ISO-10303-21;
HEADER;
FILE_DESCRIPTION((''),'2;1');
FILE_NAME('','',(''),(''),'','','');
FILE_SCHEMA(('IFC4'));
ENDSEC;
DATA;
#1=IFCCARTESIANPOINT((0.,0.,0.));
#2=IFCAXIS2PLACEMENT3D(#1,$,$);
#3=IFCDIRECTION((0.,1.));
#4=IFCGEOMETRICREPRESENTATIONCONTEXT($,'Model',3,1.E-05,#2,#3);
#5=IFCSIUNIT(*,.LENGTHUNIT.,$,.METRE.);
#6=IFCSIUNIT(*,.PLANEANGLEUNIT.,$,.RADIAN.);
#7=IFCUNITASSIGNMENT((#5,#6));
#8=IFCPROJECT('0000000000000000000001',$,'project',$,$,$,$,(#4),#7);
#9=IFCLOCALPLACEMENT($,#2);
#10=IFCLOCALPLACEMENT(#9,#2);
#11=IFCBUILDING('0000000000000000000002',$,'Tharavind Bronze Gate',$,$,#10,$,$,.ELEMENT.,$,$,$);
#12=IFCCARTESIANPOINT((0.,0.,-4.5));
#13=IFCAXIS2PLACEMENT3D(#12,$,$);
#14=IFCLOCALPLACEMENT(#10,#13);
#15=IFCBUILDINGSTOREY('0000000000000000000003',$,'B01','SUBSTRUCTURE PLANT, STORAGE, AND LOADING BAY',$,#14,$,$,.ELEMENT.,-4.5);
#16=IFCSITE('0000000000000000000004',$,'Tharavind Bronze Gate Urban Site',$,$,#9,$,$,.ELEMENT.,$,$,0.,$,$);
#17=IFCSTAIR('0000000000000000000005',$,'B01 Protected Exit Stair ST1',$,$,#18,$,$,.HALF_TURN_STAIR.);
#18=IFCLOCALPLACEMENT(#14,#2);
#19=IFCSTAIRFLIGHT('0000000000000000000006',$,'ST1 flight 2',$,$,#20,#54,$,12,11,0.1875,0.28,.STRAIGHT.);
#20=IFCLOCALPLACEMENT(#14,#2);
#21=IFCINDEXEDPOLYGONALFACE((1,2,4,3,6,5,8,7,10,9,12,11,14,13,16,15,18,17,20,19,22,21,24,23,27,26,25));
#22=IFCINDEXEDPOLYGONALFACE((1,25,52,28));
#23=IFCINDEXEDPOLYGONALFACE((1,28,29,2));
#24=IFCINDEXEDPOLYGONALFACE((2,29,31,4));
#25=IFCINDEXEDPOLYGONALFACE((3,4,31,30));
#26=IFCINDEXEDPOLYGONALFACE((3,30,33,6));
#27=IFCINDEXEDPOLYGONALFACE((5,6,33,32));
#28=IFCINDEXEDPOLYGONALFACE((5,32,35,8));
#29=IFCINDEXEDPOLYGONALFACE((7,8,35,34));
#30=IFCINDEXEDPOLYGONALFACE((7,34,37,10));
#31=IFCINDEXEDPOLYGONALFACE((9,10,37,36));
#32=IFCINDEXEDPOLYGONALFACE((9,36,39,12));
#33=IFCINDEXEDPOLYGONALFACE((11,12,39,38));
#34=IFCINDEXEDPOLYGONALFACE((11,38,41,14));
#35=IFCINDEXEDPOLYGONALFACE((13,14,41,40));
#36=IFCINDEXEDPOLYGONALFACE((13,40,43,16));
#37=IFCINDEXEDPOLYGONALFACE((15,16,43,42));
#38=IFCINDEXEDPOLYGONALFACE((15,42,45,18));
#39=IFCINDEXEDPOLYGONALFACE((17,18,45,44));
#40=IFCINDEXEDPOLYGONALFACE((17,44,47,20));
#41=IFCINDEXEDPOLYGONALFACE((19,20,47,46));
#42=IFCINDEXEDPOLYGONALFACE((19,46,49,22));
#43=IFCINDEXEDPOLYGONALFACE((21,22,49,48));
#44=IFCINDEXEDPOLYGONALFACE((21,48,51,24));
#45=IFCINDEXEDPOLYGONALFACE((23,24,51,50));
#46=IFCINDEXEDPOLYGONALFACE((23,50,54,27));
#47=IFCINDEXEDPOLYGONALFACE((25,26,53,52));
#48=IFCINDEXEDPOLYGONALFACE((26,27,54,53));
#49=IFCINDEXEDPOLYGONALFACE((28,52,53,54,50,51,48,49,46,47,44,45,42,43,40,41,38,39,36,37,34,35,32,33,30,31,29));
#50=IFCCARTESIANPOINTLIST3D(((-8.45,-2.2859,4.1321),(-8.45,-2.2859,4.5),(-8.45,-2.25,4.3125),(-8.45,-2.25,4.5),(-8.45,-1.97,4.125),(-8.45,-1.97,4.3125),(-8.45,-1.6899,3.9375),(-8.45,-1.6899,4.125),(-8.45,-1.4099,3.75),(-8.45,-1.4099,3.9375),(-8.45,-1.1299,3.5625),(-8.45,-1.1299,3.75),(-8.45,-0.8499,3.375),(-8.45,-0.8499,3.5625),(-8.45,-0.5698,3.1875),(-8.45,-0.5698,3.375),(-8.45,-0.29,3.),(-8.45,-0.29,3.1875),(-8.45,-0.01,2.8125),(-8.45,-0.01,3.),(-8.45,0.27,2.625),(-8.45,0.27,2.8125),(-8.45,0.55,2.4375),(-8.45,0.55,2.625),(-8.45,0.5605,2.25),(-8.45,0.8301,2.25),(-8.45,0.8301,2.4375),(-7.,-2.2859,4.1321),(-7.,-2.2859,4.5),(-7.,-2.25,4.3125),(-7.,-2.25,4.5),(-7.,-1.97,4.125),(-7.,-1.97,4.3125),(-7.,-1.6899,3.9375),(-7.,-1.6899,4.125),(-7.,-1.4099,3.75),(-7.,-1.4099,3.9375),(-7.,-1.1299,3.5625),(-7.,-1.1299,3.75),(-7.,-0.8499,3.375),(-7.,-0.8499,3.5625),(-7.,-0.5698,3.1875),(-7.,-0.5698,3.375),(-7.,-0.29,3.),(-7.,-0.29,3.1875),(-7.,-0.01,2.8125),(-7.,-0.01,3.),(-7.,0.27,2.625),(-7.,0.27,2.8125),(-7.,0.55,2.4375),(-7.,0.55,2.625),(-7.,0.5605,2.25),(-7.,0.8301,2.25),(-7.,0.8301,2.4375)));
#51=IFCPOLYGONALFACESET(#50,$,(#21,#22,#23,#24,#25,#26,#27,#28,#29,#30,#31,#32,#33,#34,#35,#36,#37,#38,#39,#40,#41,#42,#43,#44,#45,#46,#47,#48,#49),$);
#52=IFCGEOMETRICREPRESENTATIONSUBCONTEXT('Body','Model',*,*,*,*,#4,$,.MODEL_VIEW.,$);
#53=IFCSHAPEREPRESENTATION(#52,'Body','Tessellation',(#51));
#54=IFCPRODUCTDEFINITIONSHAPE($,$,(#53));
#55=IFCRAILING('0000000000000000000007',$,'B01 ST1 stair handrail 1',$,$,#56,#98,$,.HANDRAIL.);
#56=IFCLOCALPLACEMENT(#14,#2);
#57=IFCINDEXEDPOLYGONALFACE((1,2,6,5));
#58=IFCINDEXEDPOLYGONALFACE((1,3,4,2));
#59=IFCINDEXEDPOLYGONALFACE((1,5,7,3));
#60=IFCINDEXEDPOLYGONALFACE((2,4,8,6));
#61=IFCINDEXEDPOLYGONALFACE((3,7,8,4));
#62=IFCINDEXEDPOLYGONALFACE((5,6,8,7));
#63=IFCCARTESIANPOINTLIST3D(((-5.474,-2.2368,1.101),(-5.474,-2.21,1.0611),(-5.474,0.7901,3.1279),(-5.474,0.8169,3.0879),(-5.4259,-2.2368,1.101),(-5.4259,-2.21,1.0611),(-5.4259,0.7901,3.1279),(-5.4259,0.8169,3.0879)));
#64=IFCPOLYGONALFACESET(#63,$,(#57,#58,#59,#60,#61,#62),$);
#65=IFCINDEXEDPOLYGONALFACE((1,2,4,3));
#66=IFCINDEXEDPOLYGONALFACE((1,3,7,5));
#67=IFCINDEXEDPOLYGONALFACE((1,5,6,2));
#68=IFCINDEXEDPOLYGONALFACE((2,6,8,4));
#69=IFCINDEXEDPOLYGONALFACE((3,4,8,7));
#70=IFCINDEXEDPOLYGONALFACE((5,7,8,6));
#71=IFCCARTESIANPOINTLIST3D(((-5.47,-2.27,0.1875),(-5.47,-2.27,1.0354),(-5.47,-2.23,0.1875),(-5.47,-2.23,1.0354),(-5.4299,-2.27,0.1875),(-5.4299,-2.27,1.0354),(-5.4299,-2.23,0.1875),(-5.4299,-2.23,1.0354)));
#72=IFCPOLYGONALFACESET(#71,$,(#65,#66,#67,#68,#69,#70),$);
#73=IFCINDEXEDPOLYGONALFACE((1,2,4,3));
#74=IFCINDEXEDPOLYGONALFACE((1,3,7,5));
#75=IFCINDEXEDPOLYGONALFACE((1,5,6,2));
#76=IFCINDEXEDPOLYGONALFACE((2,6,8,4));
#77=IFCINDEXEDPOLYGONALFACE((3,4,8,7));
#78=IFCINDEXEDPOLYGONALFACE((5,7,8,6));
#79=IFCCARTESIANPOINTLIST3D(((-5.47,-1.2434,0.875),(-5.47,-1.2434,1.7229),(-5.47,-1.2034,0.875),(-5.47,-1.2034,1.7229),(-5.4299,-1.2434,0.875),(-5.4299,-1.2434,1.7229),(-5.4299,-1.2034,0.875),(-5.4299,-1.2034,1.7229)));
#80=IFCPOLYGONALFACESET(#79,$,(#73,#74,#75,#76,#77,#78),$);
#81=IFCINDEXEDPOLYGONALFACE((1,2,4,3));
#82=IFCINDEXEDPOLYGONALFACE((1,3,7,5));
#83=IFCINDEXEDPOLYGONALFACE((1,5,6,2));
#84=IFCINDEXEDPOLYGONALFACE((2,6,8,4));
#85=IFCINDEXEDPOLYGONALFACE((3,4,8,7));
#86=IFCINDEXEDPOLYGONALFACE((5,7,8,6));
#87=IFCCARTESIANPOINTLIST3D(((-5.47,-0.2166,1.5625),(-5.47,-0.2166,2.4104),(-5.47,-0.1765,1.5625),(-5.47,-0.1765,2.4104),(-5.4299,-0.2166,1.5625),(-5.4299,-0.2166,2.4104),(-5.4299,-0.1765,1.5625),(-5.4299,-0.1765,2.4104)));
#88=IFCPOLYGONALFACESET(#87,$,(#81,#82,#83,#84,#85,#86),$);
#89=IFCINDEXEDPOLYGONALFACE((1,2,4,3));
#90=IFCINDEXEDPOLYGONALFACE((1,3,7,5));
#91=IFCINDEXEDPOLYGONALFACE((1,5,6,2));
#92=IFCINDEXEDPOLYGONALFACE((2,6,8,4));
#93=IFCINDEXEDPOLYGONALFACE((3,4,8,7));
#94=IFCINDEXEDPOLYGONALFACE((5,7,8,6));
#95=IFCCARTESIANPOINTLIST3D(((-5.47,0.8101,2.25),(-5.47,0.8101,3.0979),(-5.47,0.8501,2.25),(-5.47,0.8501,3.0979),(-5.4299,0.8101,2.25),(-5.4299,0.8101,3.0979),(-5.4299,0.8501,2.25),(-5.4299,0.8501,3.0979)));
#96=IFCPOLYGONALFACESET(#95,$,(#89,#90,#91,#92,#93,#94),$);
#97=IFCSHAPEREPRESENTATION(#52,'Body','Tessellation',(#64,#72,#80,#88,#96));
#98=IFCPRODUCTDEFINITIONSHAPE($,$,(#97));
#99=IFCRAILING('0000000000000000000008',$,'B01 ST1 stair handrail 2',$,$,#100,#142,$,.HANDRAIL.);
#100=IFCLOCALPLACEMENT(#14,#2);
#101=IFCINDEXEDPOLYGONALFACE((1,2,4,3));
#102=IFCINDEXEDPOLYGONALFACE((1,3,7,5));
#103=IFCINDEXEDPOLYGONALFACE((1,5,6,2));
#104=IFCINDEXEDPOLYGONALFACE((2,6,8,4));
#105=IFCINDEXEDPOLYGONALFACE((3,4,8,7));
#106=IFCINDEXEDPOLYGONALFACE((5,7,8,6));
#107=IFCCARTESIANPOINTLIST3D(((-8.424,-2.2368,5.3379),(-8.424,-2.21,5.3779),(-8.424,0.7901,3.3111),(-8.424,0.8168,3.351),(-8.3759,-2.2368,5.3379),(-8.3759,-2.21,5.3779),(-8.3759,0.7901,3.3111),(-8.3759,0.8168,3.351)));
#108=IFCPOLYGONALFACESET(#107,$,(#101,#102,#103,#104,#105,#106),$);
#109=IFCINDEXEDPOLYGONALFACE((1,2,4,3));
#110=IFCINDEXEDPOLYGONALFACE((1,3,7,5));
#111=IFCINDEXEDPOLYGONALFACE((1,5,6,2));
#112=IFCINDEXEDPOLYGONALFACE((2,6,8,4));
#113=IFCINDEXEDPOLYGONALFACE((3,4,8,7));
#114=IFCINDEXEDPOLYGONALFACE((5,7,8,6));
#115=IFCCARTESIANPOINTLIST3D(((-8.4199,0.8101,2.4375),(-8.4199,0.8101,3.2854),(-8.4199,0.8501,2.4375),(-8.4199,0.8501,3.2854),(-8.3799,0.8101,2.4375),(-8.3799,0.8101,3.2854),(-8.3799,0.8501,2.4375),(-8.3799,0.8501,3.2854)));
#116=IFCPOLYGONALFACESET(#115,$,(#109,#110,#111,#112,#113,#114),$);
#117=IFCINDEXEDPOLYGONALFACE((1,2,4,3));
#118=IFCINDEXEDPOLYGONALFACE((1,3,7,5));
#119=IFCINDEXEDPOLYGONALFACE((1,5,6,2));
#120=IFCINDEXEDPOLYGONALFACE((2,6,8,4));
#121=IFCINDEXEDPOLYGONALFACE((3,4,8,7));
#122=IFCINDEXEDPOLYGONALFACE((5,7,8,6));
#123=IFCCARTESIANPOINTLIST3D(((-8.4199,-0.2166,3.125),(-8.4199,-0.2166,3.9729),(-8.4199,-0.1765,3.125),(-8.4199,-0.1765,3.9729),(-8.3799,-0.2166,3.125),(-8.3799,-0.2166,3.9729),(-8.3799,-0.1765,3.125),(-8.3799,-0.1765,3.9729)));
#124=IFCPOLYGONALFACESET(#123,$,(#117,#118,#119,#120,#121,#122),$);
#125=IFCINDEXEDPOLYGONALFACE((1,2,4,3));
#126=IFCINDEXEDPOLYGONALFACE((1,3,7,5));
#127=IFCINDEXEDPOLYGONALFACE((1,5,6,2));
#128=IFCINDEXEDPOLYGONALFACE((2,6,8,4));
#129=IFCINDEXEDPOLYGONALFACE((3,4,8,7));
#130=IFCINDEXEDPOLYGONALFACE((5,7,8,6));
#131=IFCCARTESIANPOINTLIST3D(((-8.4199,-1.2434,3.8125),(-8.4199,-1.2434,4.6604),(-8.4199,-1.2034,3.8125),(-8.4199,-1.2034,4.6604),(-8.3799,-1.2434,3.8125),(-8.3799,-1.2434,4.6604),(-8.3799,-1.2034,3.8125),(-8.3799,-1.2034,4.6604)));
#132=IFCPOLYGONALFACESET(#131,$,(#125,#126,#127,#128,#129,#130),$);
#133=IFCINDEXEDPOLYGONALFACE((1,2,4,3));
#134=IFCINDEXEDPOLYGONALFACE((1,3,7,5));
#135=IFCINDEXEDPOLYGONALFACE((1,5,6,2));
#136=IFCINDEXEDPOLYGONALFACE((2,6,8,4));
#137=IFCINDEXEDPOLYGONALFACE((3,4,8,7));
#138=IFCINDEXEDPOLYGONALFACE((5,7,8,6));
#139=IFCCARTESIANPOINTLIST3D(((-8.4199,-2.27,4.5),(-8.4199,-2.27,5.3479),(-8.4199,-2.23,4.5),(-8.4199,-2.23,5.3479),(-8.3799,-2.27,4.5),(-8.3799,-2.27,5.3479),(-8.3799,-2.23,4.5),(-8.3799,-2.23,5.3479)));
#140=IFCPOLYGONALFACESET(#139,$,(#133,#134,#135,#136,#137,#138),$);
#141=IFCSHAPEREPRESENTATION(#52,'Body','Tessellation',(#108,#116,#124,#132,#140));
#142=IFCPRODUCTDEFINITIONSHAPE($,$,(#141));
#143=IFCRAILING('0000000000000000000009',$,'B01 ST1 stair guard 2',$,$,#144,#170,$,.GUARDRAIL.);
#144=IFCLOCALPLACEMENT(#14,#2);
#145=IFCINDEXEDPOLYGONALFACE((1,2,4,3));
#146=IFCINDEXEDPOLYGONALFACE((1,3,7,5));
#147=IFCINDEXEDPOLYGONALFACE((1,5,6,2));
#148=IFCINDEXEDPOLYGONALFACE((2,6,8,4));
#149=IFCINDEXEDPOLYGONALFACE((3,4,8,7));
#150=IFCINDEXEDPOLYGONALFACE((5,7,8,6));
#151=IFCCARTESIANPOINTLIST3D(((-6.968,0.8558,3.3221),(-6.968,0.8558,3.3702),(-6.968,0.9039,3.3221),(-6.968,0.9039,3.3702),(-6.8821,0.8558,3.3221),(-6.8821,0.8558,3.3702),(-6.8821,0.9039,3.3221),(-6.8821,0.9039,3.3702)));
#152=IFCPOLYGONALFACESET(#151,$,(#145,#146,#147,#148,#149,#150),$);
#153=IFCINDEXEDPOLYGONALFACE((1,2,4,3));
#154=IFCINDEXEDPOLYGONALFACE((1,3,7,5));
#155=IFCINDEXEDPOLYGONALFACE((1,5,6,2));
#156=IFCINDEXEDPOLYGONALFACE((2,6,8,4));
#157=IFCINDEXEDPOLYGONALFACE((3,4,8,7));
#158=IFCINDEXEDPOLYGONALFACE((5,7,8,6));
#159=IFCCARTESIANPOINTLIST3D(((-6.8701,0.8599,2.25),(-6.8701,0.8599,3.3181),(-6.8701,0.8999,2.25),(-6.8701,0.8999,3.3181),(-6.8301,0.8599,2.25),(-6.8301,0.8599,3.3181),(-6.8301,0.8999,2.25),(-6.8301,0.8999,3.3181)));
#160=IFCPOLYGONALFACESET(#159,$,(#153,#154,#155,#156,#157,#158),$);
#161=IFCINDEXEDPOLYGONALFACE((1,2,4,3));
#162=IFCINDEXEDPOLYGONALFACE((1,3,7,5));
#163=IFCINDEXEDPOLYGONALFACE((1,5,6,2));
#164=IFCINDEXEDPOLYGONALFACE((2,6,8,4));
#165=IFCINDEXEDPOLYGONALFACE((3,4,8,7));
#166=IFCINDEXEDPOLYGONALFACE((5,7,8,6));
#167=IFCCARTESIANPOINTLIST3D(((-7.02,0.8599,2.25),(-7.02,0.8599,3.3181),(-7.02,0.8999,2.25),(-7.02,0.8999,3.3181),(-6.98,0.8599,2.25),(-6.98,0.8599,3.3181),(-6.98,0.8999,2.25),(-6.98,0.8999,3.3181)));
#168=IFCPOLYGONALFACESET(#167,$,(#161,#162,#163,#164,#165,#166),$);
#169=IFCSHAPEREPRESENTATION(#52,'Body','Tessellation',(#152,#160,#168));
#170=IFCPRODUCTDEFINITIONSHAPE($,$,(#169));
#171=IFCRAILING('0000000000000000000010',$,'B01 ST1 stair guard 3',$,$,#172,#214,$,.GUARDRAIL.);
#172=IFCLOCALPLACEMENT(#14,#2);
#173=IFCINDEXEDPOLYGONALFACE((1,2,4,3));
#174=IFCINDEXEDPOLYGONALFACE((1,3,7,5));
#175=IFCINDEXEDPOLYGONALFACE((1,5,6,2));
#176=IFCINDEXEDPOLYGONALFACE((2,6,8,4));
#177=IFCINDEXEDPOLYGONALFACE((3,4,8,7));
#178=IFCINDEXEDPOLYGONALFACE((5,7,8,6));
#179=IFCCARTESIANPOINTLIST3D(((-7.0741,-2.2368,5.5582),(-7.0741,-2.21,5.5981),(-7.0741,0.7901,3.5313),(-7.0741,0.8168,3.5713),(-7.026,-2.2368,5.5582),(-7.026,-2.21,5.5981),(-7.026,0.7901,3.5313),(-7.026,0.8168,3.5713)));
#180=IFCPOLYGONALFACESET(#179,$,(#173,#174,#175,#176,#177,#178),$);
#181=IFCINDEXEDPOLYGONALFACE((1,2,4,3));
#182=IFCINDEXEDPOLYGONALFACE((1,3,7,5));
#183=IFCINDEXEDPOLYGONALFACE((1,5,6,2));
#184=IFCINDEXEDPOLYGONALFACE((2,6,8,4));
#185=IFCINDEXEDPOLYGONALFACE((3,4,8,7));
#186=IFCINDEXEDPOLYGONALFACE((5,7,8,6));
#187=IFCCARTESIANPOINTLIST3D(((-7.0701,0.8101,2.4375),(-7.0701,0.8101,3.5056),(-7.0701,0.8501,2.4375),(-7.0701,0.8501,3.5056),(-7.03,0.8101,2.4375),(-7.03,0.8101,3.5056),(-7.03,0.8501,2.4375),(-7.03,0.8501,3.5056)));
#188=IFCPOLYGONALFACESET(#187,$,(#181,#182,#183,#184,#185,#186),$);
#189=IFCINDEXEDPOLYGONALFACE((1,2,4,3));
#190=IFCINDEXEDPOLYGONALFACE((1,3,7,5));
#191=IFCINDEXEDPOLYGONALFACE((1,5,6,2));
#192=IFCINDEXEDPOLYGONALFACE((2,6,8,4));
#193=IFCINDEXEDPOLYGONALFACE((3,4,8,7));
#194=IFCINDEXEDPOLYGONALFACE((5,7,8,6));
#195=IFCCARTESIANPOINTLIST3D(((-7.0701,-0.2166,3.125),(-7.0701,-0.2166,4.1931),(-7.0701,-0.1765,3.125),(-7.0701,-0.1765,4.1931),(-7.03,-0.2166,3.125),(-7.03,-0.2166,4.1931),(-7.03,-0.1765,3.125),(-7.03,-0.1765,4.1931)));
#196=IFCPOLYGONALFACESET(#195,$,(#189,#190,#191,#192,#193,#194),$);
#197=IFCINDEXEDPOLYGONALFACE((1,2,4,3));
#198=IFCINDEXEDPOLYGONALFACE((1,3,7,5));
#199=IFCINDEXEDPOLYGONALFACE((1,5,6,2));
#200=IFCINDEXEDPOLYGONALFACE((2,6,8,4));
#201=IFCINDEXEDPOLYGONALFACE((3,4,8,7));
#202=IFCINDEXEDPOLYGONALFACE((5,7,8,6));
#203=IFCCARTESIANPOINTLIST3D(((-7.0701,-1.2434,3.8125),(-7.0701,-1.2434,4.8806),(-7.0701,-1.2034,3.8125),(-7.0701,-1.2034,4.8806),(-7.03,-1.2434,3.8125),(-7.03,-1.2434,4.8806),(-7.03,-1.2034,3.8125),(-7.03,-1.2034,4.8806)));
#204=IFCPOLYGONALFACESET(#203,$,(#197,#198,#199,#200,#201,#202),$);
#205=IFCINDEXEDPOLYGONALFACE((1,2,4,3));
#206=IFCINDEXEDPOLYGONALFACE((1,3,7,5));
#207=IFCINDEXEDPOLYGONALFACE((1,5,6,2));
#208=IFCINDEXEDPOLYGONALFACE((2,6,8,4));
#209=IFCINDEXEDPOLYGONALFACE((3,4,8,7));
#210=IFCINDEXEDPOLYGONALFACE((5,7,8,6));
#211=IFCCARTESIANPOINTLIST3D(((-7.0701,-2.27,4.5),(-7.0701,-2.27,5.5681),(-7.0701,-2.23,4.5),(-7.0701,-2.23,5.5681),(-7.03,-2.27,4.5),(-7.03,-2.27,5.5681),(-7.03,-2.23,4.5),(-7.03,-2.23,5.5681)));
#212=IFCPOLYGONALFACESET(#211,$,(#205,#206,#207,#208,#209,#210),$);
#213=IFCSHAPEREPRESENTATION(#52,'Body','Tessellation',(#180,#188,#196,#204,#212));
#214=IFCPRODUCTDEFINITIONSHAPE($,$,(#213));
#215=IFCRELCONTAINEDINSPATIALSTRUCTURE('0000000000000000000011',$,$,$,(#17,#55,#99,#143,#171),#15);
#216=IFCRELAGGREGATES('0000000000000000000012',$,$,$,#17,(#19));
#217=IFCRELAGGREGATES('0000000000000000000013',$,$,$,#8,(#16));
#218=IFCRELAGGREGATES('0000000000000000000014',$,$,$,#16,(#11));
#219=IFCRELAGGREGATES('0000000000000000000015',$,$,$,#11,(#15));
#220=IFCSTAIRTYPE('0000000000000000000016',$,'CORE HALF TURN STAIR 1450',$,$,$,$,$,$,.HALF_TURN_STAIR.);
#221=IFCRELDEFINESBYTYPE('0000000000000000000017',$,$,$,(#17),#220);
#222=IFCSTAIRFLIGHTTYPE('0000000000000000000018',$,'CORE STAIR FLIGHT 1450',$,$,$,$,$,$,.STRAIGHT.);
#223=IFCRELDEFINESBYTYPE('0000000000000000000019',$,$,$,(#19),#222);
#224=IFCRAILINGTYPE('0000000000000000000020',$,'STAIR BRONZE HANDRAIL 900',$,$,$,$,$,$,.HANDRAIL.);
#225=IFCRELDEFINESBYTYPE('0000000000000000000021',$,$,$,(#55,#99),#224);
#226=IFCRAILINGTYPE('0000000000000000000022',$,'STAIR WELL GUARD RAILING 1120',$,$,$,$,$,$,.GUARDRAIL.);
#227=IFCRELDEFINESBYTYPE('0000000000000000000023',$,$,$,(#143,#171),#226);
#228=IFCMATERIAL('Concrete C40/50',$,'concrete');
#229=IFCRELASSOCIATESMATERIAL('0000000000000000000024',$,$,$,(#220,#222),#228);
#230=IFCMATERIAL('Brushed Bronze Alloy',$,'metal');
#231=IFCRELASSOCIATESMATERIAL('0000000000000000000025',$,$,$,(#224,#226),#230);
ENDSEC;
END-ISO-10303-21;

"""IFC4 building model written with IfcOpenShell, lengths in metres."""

from ifc_helpers import new_model, si_unit, direction, frame, origin, origin_2d, place, context, subcontext, project, spatial, polyline, rectangle, outline, extrude, material, type_object, element, aggregate, save


model = new_model("IFC4")

# Units and contexts
model_context = context("Model", 3, precision=1e-05, world=origin(), true_north=direction((0.0, 1.0)))
body_context = subcontext(model_context, "Body", "Model", "MODEL_VIEW")
ifc_project = project(units=[si_unit("LENGTHUNIT", "METRE"), si_unit("PLANEANGLEUNIT", "RADIAN")], contexts=[model_context])

# Site, building, storey
site_placement = place(None, origin())
site = spatial("IfcSite", under=ifc_project, at=site_placement, Name="Tharavind Bronze Gate Urban Site", CompositionType="ELEMENT", RefElevation=0.0)
building_placement = place(site_placement, origin())
building = spatial("IfcBuilding", under=site, at=building_placement, Name="Tharavind Bronze Gate", CompositionType="ELEMENT")
storey_placement = place(building_placement, frame((0.0, 0.0, -4.5)))
storey = spatial("IfcBuildingStorey", under=building, at=storey_placement, Name="B01", Description="SUBSTRUCTURE PLANT, STORAGE, AND LOADING BAY", CompositionType="ELEMENT", Elevation=-4.5)

# Shared definitions
ifc_material_1 = material(Name="Concrete C40/50", Category="concrete")

# Stair, stair flight
stair_type = type_object("IfcStairType", Name="CORE HALF TURN STAIR 1450", PredefinedType="HALF_TURN_STAIR", material=ifc_material_1)
stair_placement = place(storey_placement, origin())
stair = element("IfcStair", 1, at=stair_placement, inside=storey, type_object=stair_type, Name="B01 Protected Exit Stair ST1", PredefinedType="HALF_TURN_STAIR")
stair_flight_type = type_object("IfcStairFlightType", Name="CORE STAIR FLIGHT 1450", PredefinedType="STRAIGHT", material=ifc_material_1)
stair_flight_placement = place(storey_placement, frame((-7.7251, 0.8301, 2.25), z_axis=(0.0, 0.0, 1.0), x_axis=(0.0, -1.0, 0.0)))
stair_flight = element("IfcStairFlight", 2, at=stair_flight_placement, type_object=stair_flight_type, Name="ST1 flight 2", NumberOfRisers=12, NumberOfTreads=11, PredefinedType="STRAIGHT", RiserHeight=0.1875, TreadLength=0.28, context=body_context, shape_type="SweptSolid", body=[
    extrude(outline(polyline([(0.0, 0.0), (0.0, 0.1875), (0.28, 0.1875), (0.28, 0.375), (0.5601, 0.375), (0.5601, 0.5625), (0.8401, 0.5625), (0.8401, 0.75), (1.1201, 0.75), (1.1201, 0.9375), (1.3999, 0.9375), (1.3999, 1.125), (1.6799, 1.125), (1.6799, 1.3125), (1.96, 1.3125), (1.96, 1.5), (2.24, 1.5), (2.24, 1.6875), (2.52, 1.6875), (2.52, 1.875), (2.8, 1.875), (2.8, 2.0625), (3.0801, 2.0625), (3.0801, 2.25), (3.116, 2.25), (3.116, 1.8821), (0.2695, 0.0), (0.0, 0.0)])), frame((0.0, 0.7251, 0.0), z_axis=(0.0, -1.0, 0.0), x_axis=(1.0, 0.0, 0.0)), (0.0, 0.0, 1.0), 1.45),
])
aggregate(stair, [stair_flight])

# Railings
ifc_material_2 = material(Name="Brushed Bronze Alloy", Category="metal")
railing_type_1 = type_object("IfcRailingType", Name="STAIR BRONZE HANDRAIL 900", PredefinedType="HANDRAIL", material=ifc_material_2)
railing_1_placement = place(storey_placement, frame((-5.45, -2.25, 0.1875)))
element("IfcRailing", 3, at=railing_1_placement, inside=storey, type_object=railing_type_1, Name="B01 ST1 stair handrail 1", PredefinedType="HANDRAIL", context=body_context, shape_type="SweptSolid", body=[
    extrude(rectangle(XDim=0.0481, YDim=0.0481, at=origin_2d()), frame((0.0, 0.0266, 0.8936), z_axis=(0.0, 0.830914, 0.556401), x_axis=(-1.0, 0.0, 0.0)), (0.0, 0.0, 1.0), 3.6428),
    extrude(rectangle(XDim=0.04, YDim=0.04, at=origin_2d()), origin(), (0.0, 0.0, 1.0), 0.8479),
    extrude(rectangle(XDim=0.04, YDim=0.04, at=origin_2d()), frame((0.0, 1.0266, 0.6875)), (0.0, 0.0, 1.0), 0.8479),
    extrude(rectangle(XDim=0.04, YDim=0.04, at=origin_2d()), frame((0.0, 2.0535, 1.375)), (0.0, 0.0, 1.0), 0.8479),
    extrude(rectangle(XDim=0.04, YDim=0.04, at=origin_2d()), frame((0.0, 3.0801, 2.0625)), (0.0, 0.0, 1.0), 0.8479),
])
railing_2_placement = place(storey_placement, frame((-8.3999, 0.8301, 2.4375)))
element("IfcRailing", 4, at=railing_2_placement, inside=storey, type_object=railing_type_1, Name="B01 ST1 stair handrail 2", PredefinedType="HANDRAIL", context=body_context, shape_type="SweptSolid", body=[
    extrude(rectangle(XDim=0.0481, YDim=0.0481, at=origin_2d()), frame((0.0, -0.0266, 0.8936), z_axis=(0.0, -0.830914, 0.556401), x_axis=(1.0, 0.0, 0.0)), (0.0, 0.0, 1.0), 3.6428),
    extrude(rectangle(XDim=0.04, YDim=0.04, at=origin_2d()), origin(), (0.0, 0.0, 1.0), 0.8479),
    extrude(rectangle(XDim=0.04, YDim=0.04, at=origin_2d()), frame((0.0, -1.0266, 0.6875)), (0.0, 0.0, 1.0), 0.8479),
    extrude(rectangle(XDim=0.04, YDim=0.04, at=origin_2d()), frame((0.0, -2.0535, 1.375)), (0.0, 0.0, 1.0), 0.8479),
    extrude(rectangle(XDim=0.04, YDim=0.04, at=origin_2d()), frame((0.0, -3.0801, 2.0625)), (0.0, 0.0, 1.0), 0.8479),
])
railing_type_2 = type_object("IfcRailingType", Name="STAIR WELL GUARD RAILING 1120", PredefinedType="GUARDRAIL", material=ifc_material_2)
railing_3_placement = place(storey_placement, frame((-6.8501, 0.8799, 2.25)))
element("IfcRailing", 5, at=railing_3_placement, inside=storey, type_object=railing_type_2, Name="B01 ST1 stair guard 2", PredefinedType="GUARDRAIL", context=body_context, shape_type="SweptSolid", body=[
    extrude(rectangle(XDim=0.0481, YDim=0.0481, at=origin_2d()), frame((-0.032, 0.0, 1.0962), z_axis=(-1.0, 0.0, 0.0), x_axis=(0.0, -1.0, 0.0)), (0.0, 0.0, 1.0), 0.0859),
    extrude(rectangle(XDim=0.04, YDim=0.04, at=origin_2d()), origin(), (0.0, 0.0, 1.0), 1.0681),
    extrude(rectangle(XDim=0.04, YDim=0.04, at=origin_2d()), frame((-0.1499, 0.0, 0.0)), (0.0, 0.0, 1.0), 1.0681),
])
railing_4_placement = place(storey_placement, frame((-7.05, 0.8301, 2.4375)))
element("IfcRailing", 6, at=railing_4_placement, inside=storey, type_object=railing_type_2, Name="B01 ST1 stair guard 3", PredefinedType="GUARDRAIL", context=body_context, shape_type="SweptSolid", body=[
    extrude(rectangle(XDim=0.0481, YDim=0.0481, at=origin_2d()), frame((0.0, -0.0266, 1.1138), z_axis=(0.0, -0.830914, 0.556401), x_axis=(1.0, 0.0, 0.0)), (0.0, 0.0, 1.0), 3.6428),
    extrude(rectangle(XDim=0.04, YDim=0.04, at=origin_2d()), origin(), (0.0, 0.0, 1.0), 1.0681),
    extrude(rectangle(XDim=0.04, YDim=0.04, at=origin_2d()), frame((0.0, -1.0266, 0.6875)), (0.0, 0.0, 1.0), 1.0681),
    extrude(rectangle(XDim=0.04, YDim=0.04, at=origin_2d()), frame((0.0, -2.0535, 1.375)), (0.0, 0.0, 1.0), 1.0681),
    extrude(rectangle(XDim=0.04, YDim=0.04, at=origin_2d()), frame((0.0, -3.0801, 2.0625)), (0.0, 0.0, 1.0), 1.0681),
])

save(model, "model.ifc")
